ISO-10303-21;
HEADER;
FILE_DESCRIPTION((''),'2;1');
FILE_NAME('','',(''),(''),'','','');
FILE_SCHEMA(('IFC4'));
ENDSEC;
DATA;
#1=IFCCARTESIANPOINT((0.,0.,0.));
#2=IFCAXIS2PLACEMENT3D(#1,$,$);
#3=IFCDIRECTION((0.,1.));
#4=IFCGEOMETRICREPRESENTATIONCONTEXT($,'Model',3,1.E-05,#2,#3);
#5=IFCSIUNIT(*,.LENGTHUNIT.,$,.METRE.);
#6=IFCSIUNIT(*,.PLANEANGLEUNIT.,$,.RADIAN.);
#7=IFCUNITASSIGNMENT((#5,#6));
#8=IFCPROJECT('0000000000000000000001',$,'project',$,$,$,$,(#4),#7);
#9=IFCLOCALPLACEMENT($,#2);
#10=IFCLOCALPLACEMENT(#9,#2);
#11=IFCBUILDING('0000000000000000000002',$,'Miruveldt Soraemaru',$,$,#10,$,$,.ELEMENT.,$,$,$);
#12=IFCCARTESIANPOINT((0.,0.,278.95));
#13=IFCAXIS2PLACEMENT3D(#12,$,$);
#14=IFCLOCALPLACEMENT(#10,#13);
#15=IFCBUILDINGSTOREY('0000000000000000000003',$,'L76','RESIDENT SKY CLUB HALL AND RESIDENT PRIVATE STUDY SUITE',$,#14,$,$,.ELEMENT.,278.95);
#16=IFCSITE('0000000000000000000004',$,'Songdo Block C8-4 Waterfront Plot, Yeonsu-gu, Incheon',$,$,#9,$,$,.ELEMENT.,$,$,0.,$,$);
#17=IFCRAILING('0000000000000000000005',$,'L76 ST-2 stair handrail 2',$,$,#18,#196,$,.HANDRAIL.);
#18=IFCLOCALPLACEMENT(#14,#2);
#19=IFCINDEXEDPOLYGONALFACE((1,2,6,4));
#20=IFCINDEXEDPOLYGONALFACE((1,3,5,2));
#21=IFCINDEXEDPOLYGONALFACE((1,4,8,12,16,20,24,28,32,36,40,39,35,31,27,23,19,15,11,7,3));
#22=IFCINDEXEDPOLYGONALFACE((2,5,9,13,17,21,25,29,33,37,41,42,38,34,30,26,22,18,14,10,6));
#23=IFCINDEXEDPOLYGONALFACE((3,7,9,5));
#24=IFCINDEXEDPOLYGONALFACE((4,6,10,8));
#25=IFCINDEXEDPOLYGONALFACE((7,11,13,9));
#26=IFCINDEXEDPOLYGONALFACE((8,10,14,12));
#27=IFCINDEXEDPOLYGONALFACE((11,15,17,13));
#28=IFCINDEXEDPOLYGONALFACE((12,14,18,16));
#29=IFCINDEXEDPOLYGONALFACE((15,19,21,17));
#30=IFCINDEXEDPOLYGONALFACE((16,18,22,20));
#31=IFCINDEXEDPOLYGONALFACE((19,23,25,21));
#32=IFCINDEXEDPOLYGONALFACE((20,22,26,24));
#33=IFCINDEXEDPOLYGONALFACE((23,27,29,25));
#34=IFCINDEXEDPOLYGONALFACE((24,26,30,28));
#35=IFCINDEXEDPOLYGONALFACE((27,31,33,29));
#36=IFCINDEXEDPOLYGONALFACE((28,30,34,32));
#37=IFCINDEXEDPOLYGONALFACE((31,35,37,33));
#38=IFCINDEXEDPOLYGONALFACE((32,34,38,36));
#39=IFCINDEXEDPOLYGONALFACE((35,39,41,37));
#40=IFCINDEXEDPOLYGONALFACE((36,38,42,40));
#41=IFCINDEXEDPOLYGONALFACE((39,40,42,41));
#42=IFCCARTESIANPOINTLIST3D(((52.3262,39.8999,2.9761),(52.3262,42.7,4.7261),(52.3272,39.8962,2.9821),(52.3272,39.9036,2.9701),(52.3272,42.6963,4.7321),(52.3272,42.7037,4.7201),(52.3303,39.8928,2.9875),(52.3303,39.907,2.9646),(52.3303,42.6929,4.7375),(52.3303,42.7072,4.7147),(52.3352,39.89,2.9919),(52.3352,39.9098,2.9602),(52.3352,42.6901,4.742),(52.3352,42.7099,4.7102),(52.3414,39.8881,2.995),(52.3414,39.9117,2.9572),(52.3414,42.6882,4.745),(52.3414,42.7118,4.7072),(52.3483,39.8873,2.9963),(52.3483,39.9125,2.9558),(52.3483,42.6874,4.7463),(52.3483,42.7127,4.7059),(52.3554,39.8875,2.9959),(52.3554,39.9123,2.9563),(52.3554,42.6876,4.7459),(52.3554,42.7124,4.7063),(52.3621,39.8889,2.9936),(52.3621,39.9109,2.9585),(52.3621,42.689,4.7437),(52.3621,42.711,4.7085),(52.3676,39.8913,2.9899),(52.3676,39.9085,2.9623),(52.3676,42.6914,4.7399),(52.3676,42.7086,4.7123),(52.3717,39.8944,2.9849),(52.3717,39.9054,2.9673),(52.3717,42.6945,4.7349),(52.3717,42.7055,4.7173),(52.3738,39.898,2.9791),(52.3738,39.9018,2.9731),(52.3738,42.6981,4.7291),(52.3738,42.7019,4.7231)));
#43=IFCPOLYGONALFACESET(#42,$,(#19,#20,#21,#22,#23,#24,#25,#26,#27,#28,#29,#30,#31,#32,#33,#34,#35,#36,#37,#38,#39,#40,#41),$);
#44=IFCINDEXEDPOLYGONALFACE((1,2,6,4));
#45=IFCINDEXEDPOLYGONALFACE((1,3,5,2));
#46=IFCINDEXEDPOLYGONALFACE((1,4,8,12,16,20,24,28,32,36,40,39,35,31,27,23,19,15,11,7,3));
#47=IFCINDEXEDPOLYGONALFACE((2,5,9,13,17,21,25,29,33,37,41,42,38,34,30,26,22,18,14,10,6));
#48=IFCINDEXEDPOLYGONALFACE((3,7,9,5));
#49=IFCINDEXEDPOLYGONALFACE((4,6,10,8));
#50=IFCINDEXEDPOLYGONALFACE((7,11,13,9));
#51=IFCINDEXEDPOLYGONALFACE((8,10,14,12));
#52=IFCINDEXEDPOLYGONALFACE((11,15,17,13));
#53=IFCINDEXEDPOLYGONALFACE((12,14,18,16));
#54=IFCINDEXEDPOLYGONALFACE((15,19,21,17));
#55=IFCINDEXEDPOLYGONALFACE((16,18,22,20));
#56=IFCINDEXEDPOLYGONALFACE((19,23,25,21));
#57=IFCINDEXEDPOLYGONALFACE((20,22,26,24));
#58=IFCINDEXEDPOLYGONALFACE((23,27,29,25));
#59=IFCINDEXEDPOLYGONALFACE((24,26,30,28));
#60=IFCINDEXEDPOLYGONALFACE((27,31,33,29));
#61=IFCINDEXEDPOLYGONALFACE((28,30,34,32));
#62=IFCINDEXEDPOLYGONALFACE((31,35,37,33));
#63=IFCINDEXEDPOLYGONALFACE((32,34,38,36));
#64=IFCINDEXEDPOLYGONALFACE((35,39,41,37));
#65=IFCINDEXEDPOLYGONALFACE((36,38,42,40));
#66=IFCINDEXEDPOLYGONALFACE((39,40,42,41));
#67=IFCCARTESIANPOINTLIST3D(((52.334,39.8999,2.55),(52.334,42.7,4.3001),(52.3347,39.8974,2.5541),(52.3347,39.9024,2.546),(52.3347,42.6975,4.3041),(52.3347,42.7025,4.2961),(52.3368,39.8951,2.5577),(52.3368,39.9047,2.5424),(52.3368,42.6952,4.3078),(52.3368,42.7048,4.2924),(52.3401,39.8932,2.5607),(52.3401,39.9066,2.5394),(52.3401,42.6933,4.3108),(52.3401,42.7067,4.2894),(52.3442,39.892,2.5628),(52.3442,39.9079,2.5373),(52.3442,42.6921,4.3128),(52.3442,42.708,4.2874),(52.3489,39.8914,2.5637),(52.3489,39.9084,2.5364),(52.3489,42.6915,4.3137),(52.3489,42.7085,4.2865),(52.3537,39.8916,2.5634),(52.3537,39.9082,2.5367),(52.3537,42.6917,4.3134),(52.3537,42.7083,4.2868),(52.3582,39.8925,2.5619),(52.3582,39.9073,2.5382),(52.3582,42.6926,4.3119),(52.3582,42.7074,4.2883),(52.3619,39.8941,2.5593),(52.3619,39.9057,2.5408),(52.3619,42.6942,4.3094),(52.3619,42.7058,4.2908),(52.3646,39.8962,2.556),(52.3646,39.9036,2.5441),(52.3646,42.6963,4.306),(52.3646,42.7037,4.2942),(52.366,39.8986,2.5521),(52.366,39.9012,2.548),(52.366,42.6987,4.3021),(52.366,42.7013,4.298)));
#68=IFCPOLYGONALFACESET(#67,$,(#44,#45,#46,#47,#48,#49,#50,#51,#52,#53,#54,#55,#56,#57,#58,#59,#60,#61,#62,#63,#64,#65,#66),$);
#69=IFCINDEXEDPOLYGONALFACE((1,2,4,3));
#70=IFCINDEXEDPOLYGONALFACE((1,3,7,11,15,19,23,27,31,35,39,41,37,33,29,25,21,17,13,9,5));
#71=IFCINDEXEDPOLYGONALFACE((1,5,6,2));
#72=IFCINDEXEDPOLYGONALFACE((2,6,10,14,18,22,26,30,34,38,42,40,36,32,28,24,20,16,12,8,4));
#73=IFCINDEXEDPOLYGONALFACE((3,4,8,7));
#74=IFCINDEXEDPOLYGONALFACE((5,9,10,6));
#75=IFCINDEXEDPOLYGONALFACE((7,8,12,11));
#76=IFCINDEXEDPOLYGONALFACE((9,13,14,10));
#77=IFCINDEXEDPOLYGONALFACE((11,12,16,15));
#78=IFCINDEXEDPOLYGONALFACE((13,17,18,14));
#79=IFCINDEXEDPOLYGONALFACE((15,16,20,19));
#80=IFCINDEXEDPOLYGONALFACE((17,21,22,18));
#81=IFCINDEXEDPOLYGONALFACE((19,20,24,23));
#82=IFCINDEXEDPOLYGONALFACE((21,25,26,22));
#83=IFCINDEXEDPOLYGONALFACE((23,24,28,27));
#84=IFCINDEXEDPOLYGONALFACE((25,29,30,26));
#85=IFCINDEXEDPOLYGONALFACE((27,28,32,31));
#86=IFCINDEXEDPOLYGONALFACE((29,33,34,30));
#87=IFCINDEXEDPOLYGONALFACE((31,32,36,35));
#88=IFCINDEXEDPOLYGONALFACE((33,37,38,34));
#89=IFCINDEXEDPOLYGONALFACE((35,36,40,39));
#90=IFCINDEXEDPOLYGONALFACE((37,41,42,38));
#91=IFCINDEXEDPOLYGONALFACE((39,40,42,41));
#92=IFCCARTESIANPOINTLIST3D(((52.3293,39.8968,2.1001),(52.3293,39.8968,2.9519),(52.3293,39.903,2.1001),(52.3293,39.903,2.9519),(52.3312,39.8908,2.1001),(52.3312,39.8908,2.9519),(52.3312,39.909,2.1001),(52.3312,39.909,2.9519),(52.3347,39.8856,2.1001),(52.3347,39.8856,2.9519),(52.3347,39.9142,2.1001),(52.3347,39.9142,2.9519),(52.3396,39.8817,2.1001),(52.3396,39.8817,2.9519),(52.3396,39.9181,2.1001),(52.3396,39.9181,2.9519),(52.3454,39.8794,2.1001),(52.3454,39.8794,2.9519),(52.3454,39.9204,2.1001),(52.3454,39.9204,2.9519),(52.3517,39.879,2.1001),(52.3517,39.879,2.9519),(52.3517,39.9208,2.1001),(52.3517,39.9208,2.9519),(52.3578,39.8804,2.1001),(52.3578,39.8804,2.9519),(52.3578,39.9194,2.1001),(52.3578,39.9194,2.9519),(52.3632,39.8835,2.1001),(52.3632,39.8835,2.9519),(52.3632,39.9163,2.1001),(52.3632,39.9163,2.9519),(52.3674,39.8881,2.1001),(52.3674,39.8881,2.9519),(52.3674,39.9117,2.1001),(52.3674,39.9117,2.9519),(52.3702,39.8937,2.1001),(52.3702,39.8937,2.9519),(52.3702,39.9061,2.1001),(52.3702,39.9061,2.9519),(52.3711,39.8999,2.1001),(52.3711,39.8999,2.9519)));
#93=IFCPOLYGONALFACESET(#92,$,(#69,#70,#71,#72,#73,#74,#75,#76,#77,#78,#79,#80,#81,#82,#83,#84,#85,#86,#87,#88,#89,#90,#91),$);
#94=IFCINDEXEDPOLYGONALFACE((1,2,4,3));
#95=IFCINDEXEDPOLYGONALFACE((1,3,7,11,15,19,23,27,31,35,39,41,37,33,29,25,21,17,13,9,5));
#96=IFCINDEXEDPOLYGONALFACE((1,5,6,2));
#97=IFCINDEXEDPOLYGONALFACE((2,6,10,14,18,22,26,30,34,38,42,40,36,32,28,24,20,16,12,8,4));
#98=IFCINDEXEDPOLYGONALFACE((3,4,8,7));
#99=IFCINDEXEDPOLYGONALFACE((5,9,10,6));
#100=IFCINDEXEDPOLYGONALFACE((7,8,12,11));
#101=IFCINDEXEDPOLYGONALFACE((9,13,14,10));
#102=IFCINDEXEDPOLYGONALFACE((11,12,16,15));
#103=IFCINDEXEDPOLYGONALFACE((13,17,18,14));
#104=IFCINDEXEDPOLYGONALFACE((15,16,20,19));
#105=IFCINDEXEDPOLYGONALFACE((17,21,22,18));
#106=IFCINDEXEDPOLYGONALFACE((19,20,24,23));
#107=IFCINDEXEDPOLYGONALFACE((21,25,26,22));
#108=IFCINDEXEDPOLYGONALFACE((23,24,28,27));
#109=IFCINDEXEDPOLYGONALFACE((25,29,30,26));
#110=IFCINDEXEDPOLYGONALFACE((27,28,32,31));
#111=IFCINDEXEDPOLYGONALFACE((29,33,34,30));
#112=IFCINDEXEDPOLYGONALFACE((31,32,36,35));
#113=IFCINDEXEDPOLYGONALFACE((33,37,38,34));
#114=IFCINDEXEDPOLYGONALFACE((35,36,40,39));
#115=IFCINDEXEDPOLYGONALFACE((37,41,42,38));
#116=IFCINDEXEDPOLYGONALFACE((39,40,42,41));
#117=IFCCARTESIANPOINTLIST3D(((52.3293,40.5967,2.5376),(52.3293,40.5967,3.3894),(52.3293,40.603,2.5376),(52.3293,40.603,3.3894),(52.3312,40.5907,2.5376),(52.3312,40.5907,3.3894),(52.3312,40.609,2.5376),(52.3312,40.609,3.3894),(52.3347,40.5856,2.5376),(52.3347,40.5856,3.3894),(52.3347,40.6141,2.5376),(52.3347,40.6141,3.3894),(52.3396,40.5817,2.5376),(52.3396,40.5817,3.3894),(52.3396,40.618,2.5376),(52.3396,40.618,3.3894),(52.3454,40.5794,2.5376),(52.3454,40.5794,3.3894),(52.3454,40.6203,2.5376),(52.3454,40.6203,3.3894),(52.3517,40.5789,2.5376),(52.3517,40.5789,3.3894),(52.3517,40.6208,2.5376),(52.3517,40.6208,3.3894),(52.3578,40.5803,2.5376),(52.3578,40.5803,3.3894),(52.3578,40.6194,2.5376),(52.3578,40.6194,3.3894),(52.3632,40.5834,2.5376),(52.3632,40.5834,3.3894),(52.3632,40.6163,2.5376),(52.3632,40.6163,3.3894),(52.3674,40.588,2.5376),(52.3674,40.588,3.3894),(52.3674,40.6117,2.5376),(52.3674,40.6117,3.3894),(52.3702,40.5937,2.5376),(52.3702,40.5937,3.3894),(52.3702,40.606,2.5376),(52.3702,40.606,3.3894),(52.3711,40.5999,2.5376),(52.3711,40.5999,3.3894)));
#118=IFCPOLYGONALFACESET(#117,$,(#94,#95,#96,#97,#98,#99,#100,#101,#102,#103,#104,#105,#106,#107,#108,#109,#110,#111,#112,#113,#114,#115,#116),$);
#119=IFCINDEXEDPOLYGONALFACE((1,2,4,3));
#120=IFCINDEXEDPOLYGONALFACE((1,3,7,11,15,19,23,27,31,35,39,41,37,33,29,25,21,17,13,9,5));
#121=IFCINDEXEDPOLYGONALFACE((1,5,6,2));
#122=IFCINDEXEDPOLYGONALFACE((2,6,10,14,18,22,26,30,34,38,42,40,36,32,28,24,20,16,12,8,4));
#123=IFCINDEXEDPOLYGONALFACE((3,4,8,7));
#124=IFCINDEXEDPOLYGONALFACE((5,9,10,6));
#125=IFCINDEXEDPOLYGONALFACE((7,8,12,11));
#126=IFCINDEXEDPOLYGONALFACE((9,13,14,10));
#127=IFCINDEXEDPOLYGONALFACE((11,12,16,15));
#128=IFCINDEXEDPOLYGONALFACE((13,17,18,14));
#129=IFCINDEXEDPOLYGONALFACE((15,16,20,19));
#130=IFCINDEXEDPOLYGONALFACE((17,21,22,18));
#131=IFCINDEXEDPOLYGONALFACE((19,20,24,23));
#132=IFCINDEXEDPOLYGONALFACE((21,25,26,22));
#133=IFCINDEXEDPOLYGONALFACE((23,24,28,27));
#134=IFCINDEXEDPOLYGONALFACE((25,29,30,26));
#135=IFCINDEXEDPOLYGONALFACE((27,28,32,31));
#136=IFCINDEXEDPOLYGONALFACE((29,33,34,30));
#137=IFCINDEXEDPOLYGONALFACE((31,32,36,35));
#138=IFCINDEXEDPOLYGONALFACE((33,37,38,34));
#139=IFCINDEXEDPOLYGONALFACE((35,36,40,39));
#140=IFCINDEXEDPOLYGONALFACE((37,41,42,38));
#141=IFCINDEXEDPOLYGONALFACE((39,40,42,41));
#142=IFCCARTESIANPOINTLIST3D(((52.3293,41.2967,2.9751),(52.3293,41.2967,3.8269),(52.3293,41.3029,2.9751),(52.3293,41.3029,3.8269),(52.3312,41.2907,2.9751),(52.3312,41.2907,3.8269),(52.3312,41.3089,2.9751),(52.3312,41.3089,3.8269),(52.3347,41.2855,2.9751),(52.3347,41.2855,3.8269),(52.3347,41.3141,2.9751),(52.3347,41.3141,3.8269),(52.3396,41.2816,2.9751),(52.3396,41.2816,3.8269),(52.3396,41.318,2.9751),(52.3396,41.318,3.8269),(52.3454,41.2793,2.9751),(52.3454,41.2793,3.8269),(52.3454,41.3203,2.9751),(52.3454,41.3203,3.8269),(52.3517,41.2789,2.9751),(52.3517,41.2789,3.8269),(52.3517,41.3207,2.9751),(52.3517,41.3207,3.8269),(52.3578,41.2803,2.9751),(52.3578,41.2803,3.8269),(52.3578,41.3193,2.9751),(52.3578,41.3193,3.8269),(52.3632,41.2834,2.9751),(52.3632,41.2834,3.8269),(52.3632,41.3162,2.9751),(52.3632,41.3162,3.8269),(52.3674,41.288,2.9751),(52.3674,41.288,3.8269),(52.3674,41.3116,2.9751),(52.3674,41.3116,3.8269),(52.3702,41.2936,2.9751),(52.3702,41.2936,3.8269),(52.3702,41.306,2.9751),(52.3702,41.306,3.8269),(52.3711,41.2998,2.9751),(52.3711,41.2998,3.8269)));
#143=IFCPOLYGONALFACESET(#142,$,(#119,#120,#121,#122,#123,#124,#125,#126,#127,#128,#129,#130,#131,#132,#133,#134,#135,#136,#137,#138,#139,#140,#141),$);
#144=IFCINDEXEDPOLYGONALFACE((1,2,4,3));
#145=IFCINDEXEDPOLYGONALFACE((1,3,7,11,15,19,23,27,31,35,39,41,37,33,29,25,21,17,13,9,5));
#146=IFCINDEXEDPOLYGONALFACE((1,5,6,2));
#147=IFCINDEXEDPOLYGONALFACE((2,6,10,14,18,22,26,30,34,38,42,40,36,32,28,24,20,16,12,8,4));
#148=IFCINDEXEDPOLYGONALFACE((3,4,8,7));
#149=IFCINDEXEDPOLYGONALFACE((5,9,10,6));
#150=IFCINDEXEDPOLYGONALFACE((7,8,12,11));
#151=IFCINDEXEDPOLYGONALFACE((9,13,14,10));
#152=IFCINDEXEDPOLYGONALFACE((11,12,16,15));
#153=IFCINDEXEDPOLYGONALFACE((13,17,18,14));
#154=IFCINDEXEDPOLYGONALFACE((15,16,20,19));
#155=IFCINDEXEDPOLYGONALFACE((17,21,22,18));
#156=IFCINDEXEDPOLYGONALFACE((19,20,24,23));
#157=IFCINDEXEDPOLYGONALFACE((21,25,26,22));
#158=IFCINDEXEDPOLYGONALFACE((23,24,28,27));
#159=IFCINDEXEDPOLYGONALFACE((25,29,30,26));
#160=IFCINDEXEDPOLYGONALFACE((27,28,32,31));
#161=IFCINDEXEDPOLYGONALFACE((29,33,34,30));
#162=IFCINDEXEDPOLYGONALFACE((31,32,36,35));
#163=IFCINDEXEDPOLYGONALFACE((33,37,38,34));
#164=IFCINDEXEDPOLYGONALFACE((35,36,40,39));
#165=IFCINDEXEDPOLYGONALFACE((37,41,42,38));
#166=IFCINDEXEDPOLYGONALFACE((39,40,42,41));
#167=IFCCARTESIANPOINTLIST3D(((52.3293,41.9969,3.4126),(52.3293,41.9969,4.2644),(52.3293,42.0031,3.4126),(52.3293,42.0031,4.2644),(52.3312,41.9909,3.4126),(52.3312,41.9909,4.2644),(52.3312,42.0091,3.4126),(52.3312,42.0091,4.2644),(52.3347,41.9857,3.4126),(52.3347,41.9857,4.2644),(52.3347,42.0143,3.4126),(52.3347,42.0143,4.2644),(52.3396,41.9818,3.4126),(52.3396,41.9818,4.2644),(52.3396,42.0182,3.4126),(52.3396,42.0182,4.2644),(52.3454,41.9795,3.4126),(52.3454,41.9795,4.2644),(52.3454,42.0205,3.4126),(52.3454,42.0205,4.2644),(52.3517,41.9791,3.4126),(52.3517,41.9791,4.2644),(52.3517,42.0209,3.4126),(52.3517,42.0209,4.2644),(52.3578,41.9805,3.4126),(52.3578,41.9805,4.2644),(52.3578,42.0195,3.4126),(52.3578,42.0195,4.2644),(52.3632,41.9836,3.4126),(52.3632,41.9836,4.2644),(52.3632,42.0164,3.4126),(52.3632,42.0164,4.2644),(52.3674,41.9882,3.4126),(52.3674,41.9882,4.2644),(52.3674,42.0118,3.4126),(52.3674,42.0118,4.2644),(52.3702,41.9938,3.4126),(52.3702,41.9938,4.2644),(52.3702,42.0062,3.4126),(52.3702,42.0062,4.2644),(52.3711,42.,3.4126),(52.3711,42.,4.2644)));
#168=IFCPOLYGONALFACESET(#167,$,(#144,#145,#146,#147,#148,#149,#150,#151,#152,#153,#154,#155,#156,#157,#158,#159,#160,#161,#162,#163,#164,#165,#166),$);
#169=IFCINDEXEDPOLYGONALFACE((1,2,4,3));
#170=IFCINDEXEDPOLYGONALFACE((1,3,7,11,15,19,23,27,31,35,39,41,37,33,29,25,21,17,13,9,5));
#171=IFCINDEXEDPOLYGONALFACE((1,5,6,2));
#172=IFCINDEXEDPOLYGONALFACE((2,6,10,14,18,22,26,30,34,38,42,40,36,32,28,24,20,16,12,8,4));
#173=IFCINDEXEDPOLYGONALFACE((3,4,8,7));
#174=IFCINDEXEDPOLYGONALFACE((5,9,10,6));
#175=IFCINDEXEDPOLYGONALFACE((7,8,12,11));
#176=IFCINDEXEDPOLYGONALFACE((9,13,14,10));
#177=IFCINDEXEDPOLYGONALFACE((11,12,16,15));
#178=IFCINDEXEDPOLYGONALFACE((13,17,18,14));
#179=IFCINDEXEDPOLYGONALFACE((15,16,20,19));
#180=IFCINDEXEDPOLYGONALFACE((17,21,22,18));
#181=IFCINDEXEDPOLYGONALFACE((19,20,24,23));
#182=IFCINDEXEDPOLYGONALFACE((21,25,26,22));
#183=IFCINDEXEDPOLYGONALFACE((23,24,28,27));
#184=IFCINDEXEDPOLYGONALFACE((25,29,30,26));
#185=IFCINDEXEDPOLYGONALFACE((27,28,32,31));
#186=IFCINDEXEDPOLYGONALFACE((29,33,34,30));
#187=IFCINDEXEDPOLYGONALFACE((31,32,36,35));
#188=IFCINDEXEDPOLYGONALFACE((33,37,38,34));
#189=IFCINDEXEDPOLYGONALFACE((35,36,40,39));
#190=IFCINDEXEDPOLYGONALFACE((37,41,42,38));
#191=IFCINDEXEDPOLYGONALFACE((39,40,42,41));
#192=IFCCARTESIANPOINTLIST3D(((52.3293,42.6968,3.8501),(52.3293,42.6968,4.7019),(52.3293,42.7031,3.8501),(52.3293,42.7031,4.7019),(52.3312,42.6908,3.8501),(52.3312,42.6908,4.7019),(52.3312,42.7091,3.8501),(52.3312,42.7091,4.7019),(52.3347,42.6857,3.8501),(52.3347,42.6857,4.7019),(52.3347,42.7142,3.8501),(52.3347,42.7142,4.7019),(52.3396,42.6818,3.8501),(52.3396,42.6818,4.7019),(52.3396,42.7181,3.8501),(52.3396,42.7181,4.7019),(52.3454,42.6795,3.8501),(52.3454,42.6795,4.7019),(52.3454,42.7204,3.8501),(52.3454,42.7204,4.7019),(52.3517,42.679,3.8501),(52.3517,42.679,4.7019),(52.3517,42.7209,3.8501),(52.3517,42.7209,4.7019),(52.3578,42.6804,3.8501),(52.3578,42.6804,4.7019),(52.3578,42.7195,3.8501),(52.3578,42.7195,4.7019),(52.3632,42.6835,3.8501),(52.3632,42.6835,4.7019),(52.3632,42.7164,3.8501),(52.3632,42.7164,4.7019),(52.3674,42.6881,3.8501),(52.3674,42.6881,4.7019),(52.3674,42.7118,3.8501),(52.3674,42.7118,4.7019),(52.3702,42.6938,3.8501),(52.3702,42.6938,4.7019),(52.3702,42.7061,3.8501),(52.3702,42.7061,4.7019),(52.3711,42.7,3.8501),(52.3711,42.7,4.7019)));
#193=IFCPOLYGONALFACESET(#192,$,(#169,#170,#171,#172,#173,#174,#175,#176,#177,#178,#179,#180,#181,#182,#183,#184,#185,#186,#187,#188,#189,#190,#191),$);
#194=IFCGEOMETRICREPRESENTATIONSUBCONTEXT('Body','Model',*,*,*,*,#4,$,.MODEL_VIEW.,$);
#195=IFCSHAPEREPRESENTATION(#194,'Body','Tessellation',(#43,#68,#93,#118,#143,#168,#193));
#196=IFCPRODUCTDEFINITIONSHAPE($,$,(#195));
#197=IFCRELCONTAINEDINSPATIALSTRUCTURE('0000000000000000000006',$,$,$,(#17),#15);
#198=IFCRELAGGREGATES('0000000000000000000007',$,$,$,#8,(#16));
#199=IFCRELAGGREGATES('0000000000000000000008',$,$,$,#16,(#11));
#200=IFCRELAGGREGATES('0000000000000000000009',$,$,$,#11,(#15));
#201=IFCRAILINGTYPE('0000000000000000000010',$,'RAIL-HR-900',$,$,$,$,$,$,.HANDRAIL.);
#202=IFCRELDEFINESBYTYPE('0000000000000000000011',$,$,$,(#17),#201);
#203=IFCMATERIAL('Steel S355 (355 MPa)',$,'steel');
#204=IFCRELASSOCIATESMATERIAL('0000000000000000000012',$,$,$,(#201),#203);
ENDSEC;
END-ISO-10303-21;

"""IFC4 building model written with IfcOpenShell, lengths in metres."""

from ifc_helpers import new_model, si_unit, direction, frame, origin, origin_2d, place, context, subcontext, project, spatial, circle, extrude, material, type_object, element, save


model = new_model("IFC4")

# Units and contexts
model_context = context("Model", 3, precision=1e-05, world=origin(), true_north=direction((0.0, 1.0)))
body_context = subcontext(model_context, "Body", "Model", "MODEL_VIEW")
ifc_project = project(units=[si_unit("LENGTHUNIT", "METRE"), si_unit("PLANEANGLEUNIT", "RADIAN")], contexts=[model_context])

# Site, building, storey
site_placement = place(None, origin())
site = spatial("IfcSite", under=ifc_project, at=site_placement, Name="Songdo Block C8-4 Waterfront Plot, Yeonsu-gu, Incheon", CompositionType="ELEMENT", RefElevation=0.0)
building_placement = place(site_placement, origin())
building = spatial("IfcBuilding", under=site, at=building_placement, Name="Miruveldt Soraemaru", CompositionType="ELEMENT")
storey_placement = place(building_placement, frame((0.0, 0.0, 278.95)))
storey = spatial("IfcBuildingStorey", under=building, at=storey_placement, Name="L76", Description="RESIDENT SKY CLUB HALL AND RESIDENT PRIVATE STUDY SUITE", CompositionType="ELEMENT", Elevation=278.95)

# Railing
ifc_material_1 = material(Name="Steel S355 (355 MPa)", Category="steel")
railing_type_1 = type_object("IfcRailingType", Name="RAIL-HR-900", PredefinedType="HANDRAIL", material=ifc_material_1)
railing_1_placement = place(storey_placement, frame((52.3501, 39.8999, 2.1001)))
element("IfcRailing", 1, at=railing_1_placement, inside=storey, type_object=railing_type_1, Name="L76 ST-2 stair handrail 2", PredefinedType="HANDRAIL", context=body_context, shape_type="SweptSolid", body=[
    extrude(circle(Radius=0.0239, at=origin_2d()), frame((0.0, 0.0, 0.876), z_axis=(0.0, 0.848002, 0.529992), x_axis=(-1.0, 0.0, 0.0)), (0.0, 0.0, 1.0), 3.302),
    extrude(circle(Radius=0.0161, at=origin_2d()), frame((0.0, 0.0, 0.45), z_axis=(0.0, 0.848002, 0.529992), x_axis=(-1.0, 0.0, 0.0)), (0.0, 0.0, 1.0), 3.302),
    extrude(circle(Radius=0.021, at=origin_2d()), origin(), (0.0, 0.0, 1.0), 0.8518),
    extrude(circle(Radius=0.021, at=origin_2d()), frame((0.0, 0.7, 0.4375)), (0.0, 0.0, 1.0), 0.8518),
    extrude(circle(Radius=0.021, at=origin_2d()), frame((0.0, 1.3999, 0.875)), (0.0, 0.0, 1.0), 0.8518),
    extrude(circle(Radius=0.021, at=origin_2d()), frame((0.0, 2.1001, 1.3125)), (0.0, 0.0, 1.0), 0.8518),
    extrude(circle(Radius=0.021, at=origin_2d()), frame((0.0, 2.8, 1.75)), (0.0, 0.0, 1.0), 0.8518),
])

save(model, "model.ifc")
